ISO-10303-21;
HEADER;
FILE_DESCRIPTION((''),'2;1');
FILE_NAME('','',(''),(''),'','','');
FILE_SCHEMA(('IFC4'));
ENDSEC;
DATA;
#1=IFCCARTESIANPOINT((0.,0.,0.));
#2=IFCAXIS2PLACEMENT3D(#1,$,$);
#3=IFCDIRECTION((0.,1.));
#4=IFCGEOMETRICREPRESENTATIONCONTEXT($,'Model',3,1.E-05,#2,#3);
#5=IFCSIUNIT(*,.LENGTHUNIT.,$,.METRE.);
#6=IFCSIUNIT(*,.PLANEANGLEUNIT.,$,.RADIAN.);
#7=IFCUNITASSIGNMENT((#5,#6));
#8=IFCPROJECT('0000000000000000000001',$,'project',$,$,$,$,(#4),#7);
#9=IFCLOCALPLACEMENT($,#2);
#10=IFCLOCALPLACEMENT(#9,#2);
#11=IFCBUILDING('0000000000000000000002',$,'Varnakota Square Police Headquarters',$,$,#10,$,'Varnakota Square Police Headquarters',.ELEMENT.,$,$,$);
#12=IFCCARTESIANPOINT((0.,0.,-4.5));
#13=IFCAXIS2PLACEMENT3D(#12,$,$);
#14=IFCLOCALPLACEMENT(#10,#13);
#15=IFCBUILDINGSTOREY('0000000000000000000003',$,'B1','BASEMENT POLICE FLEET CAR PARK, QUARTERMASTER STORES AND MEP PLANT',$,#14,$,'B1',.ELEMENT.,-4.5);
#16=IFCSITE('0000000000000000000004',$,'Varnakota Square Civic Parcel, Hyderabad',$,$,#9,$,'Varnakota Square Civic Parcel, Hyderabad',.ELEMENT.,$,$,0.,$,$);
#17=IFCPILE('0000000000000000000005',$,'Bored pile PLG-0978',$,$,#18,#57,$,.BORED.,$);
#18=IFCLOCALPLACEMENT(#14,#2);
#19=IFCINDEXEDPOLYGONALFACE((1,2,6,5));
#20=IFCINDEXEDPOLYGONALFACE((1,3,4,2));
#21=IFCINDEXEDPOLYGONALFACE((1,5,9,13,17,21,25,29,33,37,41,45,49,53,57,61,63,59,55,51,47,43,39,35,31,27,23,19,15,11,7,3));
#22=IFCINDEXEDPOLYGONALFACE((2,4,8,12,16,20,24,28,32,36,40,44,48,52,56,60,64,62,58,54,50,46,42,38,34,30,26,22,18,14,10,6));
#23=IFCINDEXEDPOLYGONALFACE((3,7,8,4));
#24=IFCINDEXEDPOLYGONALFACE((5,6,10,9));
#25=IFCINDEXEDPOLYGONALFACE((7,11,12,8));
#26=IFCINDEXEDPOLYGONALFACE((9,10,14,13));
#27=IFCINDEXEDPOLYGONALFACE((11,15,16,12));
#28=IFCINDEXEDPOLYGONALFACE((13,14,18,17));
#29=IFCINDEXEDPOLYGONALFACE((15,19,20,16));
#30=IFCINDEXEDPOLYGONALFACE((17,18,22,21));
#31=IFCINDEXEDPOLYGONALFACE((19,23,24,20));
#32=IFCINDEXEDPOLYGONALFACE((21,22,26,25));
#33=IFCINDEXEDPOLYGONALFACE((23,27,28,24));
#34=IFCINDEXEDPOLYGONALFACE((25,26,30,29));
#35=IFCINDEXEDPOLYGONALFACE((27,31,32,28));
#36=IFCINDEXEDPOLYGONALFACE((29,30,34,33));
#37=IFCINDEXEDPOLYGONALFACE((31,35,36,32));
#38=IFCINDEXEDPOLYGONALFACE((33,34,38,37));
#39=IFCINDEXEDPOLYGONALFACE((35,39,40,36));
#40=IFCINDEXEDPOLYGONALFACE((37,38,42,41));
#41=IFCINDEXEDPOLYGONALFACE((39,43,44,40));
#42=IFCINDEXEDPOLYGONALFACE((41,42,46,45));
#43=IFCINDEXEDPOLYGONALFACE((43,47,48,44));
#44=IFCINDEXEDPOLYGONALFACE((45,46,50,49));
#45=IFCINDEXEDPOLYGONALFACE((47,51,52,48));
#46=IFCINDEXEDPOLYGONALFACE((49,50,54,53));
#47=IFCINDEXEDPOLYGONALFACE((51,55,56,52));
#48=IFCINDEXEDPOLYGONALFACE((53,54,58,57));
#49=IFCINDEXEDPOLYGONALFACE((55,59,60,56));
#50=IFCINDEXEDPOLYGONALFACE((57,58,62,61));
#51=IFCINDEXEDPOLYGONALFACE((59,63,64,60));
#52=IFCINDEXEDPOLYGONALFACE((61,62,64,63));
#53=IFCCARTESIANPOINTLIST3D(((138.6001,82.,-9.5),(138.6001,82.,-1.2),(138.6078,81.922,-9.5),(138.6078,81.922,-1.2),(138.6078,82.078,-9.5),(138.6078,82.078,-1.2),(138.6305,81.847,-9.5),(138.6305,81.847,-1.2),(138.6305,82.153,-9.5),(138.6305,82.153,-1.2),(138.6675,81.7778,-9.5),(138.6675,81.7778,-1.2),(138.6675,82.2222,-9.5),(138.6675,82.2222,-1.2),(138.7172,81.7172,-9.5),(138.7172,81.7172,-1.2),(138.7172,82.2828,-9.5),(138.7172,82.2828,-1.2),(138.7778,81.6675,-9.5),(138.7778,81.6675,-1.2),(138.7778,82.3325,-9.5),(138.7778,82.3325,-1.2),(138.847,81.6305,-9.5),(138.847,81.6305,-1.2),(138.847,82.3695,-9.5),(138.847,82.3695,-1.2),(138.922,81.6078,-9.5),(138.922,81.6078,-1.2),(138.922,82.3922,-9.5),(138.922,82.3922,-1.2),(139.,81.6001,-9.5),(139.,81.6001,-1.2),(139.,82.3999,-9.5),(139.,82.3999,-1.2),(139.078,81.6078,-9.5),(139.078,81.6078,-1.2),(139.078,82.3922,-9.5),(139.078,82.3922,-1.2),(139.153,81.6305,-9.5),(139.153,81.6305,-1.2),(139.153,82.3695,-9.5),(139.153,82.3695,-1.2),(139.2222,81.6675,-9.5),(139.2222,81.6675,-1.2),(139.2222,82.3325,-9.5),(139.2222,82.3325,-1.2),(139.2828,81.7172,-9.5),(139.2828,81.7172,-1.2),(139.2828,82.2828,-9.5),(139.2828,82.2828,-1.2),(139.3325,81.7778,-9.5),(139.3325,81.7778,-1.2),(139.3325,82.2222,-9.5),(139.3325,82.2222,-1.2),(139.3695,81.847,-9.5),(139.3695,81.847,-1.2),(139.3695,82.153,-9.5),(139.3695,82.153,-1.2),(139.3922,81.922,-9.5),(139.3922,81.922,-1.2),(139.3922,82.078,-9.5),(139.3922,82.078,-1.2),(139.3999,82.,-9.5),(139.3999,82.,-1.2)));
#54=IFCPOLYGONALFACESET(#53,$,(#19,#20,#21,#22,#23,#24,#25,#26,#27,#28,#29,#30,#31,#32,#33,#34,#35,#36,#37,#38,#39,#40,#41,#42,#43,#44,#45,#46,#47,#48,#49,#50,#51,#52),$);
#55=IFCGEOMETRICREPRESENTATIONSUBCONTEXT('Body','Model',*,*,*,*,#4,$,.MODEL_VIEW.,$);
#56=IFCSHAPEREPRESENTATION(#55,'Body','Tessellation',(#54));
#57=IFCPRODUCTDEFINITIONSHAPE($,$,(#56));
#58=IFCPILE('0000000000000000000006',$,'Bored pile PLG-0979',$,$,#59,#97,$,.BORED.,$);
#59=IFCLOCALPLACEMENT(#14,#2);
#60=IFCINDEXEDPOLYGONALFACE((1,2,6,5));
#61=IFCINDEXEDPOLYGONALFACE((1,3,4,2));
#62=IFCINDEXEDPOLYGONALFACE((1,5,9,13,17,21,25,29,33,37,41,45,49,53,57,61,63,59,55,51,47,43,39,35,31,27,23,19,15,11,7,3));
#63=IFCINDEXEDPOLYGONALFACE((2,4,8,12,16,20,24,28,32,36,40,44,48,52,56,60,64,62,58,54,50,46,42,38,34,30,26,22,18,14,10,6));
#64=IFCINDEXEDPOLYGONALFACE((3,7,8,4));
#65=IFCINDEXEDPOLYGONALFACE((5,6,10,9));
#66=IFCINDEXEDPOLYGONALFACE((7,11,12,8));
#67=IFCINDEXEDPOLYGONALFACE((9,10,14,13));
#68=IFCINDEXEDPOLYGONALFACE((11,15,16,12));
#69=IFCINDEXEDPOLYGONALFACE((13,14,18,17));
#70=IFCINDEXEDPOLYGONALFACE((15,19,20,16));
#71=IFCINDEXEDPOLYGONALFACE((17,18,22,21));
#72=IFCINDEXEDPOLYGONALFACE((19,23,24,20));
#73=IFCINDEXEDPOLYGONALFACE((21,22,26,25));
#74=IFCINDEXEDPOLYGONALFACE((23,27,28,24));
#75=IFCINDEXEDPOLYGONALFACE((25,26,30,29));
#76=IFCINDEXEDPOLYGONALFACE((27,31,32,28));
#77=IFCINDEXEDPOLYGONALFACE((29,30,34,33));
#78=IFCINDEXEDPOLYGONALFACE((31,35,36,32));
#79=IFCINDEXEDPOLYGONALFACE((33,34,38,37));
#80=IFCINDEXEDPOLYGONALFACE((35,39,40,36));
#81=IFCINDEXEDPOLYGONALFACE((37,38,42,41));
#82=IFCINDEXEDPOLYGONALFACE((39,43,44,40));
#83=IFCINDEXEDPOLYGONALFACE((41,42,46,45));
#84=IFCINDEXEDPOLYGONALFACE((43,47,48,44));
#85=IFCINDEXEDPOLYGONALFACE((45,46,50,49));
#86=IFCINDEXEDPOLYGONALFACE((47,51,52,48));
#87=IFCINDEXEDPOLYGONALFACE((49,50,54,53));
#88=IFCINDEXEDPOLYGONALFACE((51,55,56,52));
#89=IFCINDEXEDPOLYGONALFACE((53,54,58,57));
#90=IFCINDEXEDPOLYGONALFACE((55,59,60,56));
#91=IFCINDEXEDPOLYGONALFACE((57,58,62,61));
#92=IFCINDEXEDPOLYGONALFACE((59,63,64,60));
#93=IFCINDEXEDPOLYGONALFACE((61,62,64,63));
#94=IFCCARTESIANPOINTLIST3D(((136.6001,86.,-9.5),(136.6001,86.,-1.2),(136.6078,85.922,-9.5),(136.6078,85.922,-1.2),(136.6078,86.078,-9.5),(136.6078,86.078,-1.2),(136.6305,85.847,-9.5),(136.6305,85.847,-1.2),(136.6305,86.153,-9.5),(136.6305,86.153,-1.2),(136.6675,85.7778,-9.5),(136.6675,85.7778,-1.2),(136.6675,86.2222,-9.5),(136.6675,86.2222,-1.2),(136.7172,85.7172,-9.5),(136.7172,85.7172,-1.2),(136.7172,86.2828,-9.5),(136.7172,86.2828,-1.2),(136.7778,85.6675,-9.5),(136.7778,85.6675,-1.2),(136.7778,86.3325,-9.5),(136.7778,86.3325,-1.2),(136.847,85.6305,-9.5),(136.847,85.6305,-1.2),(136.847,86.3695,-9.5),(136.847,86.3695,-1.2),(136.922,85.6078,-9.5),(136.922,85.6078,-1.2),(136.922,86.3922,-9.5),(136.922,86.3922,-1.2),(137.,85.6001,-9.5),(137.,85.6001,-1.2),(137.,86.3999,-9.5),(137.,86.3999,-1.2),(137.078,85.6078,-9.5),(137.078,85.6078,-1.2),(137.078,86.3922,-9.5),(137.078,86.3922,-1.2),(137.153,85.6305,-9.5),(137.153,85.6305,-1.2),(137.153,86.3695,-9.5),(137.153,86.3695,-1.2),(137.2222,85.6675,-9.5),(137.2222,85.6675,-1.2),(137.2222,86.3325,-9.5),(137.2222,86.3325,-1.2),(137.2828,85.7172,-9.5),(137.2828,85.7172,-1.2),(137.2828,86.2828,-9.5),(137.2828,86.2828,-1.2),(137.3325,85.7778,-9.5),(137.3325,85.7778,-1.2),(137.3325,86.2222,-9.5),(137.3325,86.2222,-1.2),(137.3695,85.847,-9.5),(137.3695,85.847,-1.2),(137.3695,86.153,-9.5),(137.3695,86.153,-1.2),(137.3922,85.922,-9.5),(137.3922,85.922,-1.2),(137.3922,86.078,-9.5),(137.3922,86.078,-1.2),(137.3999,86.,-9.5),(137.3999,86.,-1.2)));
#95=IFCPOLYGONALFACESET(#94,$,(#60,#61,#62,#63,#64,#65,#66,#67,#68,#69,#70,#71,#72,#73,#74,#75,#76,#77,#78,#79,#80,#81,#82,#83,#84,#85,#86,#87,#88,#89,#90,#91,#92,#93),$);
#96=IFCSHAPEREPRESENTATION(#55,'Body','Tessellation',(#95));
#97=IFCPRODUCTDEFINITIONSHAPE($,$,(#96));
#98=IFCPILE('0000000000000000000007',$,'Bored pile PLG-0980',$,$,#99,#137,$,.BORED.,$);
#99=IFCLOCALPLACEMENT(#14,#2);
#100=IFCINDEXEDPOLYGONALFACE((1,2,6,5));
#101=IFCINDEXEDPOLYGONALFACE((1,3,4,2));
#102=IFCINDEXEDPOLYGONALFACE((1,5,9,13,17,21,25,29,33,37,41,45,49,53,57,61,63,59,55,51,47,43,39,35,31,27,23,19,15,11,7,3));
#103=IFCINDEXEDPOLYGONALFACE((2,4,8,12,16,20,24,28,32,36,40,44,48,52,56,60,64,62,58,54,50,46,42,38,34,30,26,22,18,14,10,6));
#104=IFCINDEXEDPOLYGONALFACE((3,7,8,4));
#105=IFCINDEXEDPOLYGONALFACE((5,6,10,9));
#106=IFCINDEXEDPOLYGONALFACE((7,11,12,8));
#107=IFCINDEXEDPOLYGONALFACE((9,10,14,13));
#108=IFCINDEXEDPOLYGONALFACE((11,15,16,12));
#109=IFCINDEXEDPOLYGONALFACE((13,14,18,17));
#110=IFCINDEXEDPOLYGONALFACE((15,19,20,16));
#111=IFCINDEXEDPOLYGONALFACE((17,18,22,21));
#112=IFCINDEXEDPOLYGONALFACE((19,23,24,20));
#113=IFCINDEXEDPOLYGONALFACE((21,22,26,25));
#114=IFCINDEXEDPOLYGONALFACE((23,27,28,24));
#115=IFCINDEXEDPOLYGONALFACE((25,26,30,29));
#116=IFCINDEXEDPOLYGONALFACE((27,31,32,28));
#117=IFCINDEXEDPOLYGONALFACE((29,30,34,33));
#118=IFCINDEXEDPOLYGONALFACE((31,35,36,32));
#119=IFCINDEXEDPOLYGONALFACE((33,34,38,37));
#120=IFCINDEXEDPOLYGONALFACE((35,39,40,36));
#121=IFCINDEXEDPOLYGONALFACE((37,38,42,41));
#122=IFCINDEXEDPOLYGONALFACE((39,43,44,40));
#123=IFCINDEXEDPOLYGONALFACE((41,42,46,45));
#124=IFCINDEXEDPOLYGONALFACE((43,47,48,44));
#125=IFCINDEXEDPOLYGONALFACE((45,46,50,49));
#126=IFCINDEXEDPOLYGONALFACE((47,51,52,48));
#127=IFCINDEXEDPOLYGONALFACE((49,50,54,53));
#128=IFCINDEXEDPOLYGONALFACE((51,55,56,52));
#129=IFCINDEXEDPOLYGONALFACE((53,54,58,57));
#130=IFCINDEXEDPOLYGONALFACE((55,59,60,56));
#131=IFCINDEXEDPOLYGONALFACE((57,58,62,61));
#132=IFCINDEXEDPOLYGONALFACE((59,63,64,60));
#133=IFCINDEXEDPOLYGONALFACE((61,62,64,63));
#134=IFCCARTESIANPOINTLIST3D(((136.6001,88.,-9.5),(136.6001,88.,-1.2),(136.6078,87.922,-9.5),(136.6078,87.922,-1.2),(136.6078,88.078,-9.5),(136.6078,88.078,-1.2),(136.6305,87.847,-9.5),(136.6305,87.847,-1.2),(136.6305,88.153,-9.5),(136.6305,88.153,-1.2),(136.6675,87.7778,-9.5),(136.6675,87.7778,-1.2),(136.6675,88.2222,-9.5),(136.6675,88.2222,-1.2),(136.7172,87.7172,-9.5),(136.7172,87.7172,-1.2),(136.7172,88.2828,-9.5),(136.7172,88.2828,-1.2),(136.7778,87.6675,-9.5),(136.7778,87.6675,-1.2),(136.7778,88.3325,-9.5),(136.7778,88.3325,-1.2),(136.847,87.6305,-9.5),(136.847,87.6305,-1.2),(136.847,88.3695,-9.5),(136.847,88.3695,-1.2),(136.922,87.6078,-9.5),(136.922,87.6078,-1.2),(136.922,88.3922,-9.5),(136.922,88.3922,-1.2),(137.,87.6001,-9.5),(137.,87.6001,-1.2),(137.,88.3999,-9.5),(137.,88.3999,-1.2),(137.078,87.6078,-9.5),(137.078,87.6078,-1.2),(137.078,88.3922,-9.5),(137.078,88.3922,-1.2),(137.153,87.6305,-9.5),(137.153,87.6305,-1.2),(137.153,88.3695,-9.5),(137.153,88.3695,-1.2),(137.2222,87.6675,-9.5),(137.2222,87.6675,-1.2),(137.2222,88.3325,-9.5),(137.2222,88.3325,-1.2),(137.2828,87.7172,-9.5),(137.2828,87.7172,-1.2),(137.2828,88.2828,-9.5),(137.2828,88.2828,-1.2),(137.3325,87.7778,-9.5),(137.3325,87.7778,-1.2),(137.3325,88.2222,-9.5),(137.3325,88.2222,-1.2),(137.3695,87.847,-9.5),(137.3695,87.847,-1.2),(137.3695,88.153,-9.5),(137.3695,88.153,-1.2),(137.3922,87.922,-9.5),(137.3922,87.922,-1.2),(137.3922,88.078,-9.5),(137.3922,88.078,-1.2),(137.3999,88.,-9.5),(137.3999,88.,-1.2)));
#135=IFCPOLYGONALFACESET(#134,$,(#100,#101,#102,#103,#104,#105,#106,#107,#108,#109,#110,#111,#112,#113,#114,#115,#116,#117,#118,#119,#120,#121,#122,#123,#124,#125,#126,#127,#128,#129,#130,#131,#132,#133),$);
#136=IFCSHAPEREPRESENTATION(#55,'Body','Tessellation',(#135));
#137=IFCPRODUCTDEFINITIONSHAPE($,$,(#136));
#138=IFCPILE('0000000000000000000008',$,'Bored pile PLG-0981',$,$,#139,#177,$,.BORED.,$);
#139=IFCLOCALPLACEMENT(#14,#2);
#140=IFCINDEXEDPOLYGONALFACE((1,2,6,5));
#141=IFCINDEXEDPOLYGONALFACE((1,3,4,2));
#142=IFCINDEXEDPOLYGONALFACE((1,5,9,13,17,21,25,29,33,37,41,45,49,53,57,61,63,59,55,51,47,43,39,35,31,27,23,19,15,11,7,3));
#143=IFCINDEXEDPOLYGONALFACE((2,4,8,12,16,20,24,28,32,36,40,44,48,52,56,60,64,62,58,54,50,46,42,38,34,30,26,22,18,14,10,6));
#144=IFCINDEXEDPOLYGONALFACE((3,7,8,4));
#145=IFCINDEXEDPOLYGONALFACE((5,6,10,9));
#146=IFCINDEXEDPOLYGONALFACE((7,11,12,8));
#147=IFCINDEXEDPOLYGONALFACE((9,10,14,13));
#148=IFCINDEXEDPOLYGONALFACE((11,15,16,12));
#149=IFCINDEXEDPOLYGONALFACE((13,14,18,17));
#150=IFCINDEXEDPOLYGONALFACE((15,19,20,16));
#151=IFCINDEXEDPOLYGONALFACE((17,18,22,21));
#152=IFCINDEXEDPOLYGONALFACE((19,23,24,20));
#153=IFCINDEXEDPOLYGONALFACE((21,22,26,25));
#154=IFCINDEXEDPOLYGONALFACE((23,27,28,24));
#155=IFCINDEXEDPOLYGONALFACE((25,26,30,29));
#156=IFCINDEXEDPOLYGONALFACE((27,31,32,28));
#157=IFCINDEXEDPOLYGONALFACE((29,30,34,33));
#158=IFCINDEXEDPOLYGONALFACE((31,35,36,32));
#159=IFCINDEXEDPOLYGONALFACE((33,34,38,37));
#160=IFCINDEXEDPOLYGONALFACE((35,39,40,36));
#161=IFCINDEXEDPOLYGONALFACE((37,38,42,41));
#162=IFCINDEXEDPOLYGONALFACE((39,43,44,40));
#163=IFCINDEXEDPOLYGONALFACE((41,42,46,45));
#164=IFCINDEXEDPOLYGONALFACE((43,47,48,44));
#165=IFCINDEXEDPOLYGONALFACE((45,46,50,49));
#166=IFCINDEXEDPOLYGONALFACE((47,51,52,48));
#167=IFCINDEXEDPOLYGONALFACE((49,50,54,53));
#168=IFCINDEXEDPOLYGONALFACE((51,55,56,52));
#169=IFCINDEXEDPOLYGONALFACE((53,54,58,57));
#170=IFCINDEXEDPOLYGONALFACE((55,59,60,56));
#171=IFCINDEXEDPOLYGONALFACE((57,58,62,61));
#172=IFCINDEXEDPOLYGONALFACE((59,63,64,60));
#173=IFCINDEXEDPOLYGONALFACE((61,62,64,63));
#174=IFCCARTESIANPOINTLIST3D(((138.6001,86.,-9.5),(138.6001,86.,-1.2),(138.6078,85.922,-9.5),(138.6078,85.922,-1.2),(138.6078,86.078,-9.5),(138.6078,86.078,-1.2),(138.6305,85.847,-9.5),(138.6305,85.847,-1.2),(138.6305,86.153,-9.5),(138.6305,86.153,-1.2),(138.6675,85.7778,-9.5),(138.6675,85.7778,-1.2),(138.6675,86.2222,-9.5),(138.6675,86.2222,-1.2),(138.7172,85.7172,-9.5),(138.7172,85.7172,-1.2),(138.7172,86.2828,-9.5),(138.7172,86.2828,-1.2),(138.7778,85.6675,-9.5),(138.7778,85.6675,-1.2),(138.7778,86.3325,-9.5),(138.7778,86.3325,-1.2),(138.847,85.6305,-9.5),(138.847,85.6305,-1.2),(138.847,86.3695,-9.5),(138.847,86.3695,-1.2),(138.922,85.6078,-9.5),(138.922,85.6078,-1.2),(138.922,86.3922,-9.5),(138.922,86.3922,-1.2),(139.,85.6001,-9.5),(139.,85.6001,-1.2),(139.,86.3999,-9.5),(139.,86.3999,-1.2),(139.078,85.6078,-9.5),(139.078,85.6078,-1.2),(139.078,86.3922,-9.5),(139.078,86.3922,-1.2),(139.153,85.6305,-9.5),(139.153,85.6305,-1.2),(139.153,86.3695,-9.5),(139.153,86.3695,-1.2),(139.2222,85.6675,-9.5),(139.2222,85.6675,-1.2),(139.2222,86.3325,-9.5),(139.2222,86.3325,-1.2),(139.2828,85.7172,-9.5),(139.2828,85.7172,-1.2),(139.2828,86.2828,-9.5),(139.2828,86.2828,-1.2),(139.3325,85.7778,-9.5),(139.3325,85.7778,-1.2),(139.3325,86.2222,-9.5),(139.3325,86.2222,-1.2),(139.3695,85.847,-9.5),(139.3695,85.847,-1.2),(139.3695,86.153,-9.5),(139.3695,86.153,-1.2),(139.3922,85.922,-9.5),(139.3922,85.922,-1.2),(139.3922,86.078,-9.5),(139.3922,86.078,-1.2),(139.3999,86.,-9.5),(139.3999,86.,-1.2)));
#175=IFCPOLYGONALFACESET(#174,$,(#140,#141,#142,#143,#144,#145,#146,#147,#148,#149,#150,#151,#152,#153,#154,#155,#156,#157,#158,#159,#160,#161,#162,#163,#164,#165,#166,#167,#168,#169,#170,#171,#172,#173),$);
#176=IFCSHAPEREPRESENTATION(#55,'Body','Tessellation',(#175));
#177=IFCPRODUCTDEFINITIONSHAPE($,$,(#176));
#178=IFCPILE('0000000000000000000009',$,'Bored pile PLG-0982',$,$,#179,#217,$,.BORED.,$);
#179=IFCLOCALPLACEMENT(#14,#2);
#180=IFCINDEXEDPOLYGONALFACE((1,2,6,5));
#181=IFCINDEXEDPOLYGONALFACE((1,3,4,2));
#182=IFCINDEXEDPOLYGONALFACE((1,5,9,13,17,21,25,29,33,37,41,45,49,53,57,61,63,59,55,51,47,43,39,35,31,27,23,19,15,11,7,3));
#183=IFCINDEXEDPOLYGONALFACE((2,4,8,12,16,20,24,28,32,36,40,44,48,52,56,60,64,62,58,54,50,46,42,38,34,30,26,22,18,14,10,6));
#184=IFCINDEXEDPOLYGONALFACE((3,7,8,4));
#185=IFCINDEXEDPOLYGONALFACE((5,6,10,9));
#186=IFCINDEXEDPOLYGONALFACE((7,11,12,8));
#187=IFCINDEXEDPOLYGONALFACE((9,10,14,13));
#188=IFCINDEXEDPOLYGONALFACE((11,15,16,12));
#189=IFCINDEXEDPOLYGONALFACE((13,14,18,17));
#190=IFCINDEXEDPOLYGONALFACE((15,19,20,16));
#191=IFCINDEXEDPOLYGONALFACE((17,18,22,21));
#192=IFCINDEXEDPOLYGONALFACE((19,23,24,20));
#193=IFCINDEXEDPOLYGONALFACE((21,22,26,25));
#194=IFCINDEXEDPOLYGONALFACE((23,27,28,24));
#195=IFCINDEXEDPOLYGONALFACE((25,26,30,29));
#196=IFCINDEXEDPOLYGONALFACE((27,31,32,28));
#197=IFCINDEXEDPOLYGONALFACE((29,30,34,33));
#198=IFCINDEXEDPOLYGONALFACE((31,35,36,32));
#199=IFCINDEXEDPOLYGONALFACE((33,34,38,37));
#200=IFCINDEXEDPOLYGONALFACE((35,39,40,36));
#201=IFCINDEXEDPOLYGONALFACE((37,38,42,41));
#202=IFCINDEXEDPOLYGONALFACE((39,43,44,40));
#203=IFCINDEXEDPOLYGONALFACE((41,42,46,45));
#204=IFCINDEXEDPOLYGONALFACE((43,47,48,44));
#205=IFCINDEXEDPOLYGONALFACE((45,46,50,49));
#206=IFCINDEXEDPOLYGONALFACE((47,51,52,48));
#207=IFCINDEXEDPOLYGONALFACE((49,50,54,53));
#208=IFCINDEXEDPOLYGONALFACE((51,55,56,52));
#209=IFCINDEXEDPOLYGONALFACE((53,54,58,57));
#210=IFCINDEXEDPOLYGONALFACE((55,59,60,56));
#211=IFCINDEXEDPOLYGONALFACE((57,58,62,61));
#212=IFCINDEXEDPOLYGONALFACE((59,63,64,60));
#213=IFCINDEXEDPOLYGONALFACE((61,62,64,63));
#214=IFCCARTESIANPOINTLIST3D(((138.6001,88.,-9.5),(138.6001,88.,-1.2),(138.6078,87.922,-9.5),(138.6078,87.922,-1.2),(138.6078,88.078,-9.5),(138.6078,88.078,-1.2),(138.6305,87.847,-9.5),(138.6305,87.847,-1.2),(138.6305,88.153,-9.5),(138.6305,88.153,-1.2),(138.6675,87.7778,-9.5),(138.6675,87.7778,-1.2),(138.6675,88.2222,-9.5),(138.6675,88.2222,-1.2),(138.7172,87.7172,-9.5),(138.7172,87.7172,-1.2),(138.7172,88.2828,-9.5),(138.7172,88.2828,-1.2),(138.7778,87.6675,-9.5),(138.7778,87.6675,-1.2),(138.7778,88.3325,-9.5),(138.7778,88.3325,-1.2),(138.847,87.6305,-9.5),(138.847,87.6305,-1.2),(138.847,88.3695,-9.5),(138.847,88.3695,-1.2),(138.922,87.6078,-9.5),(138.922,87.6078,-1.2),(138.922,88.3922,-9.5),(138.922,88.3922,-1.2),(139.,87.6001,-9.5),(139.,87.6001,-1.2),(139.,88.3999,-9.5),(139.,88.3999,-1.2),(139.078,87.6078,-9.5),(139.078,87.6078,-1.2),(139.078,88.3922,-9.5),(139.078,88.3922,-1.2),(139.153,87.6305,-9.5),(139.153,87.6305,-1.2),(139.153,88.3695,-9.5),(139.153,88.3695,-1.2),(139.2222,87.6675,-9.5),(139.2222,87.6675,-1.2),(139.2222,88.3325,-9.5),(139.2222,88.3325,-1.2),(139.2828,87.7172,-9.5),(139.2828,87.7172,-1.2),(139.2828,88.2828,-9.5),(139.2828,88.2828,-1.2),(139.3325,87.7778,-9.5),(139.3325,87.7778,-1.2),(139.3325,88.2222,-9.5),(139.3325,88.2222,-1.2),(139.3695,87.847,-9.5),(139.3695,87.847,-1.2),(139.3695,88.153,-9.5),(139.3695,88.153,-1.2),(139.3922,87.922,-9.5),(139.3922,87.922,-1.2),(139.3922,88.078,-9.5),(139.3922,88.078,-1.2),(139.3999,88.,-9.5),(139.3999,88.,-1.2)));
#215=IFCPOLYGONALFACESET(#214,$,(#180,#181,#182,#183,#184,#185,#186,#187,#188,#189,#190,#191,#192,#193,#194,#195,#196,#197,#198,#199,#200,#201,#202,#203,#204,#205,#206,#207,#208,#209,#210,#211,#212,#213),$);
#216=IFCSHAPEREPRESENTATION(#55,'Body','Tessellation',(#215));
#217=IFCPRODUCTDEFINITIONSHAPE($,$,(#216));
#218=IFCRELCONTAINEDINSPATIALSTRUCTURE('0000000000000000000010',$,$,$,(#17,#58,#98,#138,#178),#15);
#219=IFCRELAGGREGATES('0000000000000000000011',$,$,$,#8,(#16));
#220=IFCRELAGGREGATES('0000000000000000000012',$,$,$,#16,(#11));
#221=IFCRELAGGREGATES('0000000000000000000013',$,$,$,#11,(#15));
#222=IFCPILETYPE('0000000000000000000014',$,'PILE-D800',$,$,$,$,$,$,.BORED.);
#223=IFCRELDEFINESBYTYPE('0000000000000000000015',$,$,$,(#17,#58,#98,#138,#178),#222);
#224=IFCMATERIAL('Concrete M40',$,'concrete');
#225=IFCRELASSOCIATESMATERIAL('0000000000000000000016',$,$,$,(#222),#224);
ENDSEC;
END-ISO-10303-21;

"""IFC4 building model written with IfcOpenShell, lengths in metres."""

from ifc_helpers import new_model, si_unit, direction, frame, origin, origin_2d, place, context, subcontext, project, spatial, circle, extrude, material, material_profile, profile_set, type_object, element, save


model = new_model("IFC4")

# Units and contexts
model_context = context("Model", 3, precision=1e-05, world=origin(), true_north=direction((0.0, 1.0)))
body_context = subcontext(model_context, "Body", "Model", "MODEL_VIEW")
ifc_project = project(units=[si_unit("LENGTHUNIT", "METRE"), si_unit("PLANEANGLEUNIT", "RADIAN")], contexts=[model_context])

# Site, building, storey
site_placement = place(None, origin())
site = spatial("IfcSite", under=ifc_project, at=site_placement, Name="Varnakota Square Civic Parcel, Hyderabad", LongName="Varnakota Square Civic Parcel, Hyderabad", CompositionType="ELEMENT", RefElevation=0.0)
building_placement = place(site_placement, origin())
building = spatial("IfcBuilding", under=site, at=building_placement, Name="Varnakota Square Police Headquarters", LongName="Varnakota Square Police Headquarters", CompositionType="ELEMENT")
storey_placement = place(building_placement, frame((0.0, 0.0, -4.5)))
storey = spatial("IfcBuildingStorey", under=building, at=storey_placement, Name="B1", Description="BASEMENT POLICE FLEET CAR PARK, QUARTERMASTER STORES AND MEP PLANT", LongName="B1", CompositionType="ELEMENT", Elevation=-4.5)

# Shared definitions
ifc_material_1 = material(Name="Concrete M40", Category="concrete")

# Piles
ifc_material_profile_1 = material_profile(ifc_material_1, circle(Radius=0.3999, at=origin_2d()), Name="BORED PILE 800")
ifc_profile_set_1 = profile_set([ifc_material_profile_1], Name="Concrete M40")
pile_type = type_object("IfcPileType", Name="PILE-D800", PredefinedType="BORED", material=ifc_profile_set_1)
for number, where, z_axis, x_axis, name in (
    (1, (139.0, 82.0, -1.2), (0.0, 0.0, -1.0), (1.0, 0.0, 0.0), "Bored pile PLG-0978"),
    (2, (137.0, 86.0, -1.2), (0.0, 0.0, -1.0), (1.0, 0.0, 0.0), "Bored pile PLG-0979"),
    (3, (137.0, 88.0, -1.2), (0.0, 0.0, -1.0), (1.0, 0.0, 0.0), "Bored pile PLG-0980"),
    (4, (139.0, 86.0, -1.2), (0.0, 0.0, -1.0), (1.0, 0.0, 0.0), "Bored pile PLG-0981"),
    (5, (139.0, 88.0, -1.2), (0.0, 0.0, -1.0), (1.0, 0.0, 0.0), "Bored pile PLG-0982"),
):
    element("IfcPile", number, at=place(storey_placement, frame(where, z_axis=z_axis, x_axis=x_axis)), inside=storey, type_object=pile_type, Name=name, PredefinedType="BORED", context=body_context, shape_type="SweptSolid", body=[
        extrude(circle(Radius=0.3999, at=origin_2d()), origin(), (0.0, 0.0, 1.0), 8.3),
    ])

save(model, "model.ifc")
